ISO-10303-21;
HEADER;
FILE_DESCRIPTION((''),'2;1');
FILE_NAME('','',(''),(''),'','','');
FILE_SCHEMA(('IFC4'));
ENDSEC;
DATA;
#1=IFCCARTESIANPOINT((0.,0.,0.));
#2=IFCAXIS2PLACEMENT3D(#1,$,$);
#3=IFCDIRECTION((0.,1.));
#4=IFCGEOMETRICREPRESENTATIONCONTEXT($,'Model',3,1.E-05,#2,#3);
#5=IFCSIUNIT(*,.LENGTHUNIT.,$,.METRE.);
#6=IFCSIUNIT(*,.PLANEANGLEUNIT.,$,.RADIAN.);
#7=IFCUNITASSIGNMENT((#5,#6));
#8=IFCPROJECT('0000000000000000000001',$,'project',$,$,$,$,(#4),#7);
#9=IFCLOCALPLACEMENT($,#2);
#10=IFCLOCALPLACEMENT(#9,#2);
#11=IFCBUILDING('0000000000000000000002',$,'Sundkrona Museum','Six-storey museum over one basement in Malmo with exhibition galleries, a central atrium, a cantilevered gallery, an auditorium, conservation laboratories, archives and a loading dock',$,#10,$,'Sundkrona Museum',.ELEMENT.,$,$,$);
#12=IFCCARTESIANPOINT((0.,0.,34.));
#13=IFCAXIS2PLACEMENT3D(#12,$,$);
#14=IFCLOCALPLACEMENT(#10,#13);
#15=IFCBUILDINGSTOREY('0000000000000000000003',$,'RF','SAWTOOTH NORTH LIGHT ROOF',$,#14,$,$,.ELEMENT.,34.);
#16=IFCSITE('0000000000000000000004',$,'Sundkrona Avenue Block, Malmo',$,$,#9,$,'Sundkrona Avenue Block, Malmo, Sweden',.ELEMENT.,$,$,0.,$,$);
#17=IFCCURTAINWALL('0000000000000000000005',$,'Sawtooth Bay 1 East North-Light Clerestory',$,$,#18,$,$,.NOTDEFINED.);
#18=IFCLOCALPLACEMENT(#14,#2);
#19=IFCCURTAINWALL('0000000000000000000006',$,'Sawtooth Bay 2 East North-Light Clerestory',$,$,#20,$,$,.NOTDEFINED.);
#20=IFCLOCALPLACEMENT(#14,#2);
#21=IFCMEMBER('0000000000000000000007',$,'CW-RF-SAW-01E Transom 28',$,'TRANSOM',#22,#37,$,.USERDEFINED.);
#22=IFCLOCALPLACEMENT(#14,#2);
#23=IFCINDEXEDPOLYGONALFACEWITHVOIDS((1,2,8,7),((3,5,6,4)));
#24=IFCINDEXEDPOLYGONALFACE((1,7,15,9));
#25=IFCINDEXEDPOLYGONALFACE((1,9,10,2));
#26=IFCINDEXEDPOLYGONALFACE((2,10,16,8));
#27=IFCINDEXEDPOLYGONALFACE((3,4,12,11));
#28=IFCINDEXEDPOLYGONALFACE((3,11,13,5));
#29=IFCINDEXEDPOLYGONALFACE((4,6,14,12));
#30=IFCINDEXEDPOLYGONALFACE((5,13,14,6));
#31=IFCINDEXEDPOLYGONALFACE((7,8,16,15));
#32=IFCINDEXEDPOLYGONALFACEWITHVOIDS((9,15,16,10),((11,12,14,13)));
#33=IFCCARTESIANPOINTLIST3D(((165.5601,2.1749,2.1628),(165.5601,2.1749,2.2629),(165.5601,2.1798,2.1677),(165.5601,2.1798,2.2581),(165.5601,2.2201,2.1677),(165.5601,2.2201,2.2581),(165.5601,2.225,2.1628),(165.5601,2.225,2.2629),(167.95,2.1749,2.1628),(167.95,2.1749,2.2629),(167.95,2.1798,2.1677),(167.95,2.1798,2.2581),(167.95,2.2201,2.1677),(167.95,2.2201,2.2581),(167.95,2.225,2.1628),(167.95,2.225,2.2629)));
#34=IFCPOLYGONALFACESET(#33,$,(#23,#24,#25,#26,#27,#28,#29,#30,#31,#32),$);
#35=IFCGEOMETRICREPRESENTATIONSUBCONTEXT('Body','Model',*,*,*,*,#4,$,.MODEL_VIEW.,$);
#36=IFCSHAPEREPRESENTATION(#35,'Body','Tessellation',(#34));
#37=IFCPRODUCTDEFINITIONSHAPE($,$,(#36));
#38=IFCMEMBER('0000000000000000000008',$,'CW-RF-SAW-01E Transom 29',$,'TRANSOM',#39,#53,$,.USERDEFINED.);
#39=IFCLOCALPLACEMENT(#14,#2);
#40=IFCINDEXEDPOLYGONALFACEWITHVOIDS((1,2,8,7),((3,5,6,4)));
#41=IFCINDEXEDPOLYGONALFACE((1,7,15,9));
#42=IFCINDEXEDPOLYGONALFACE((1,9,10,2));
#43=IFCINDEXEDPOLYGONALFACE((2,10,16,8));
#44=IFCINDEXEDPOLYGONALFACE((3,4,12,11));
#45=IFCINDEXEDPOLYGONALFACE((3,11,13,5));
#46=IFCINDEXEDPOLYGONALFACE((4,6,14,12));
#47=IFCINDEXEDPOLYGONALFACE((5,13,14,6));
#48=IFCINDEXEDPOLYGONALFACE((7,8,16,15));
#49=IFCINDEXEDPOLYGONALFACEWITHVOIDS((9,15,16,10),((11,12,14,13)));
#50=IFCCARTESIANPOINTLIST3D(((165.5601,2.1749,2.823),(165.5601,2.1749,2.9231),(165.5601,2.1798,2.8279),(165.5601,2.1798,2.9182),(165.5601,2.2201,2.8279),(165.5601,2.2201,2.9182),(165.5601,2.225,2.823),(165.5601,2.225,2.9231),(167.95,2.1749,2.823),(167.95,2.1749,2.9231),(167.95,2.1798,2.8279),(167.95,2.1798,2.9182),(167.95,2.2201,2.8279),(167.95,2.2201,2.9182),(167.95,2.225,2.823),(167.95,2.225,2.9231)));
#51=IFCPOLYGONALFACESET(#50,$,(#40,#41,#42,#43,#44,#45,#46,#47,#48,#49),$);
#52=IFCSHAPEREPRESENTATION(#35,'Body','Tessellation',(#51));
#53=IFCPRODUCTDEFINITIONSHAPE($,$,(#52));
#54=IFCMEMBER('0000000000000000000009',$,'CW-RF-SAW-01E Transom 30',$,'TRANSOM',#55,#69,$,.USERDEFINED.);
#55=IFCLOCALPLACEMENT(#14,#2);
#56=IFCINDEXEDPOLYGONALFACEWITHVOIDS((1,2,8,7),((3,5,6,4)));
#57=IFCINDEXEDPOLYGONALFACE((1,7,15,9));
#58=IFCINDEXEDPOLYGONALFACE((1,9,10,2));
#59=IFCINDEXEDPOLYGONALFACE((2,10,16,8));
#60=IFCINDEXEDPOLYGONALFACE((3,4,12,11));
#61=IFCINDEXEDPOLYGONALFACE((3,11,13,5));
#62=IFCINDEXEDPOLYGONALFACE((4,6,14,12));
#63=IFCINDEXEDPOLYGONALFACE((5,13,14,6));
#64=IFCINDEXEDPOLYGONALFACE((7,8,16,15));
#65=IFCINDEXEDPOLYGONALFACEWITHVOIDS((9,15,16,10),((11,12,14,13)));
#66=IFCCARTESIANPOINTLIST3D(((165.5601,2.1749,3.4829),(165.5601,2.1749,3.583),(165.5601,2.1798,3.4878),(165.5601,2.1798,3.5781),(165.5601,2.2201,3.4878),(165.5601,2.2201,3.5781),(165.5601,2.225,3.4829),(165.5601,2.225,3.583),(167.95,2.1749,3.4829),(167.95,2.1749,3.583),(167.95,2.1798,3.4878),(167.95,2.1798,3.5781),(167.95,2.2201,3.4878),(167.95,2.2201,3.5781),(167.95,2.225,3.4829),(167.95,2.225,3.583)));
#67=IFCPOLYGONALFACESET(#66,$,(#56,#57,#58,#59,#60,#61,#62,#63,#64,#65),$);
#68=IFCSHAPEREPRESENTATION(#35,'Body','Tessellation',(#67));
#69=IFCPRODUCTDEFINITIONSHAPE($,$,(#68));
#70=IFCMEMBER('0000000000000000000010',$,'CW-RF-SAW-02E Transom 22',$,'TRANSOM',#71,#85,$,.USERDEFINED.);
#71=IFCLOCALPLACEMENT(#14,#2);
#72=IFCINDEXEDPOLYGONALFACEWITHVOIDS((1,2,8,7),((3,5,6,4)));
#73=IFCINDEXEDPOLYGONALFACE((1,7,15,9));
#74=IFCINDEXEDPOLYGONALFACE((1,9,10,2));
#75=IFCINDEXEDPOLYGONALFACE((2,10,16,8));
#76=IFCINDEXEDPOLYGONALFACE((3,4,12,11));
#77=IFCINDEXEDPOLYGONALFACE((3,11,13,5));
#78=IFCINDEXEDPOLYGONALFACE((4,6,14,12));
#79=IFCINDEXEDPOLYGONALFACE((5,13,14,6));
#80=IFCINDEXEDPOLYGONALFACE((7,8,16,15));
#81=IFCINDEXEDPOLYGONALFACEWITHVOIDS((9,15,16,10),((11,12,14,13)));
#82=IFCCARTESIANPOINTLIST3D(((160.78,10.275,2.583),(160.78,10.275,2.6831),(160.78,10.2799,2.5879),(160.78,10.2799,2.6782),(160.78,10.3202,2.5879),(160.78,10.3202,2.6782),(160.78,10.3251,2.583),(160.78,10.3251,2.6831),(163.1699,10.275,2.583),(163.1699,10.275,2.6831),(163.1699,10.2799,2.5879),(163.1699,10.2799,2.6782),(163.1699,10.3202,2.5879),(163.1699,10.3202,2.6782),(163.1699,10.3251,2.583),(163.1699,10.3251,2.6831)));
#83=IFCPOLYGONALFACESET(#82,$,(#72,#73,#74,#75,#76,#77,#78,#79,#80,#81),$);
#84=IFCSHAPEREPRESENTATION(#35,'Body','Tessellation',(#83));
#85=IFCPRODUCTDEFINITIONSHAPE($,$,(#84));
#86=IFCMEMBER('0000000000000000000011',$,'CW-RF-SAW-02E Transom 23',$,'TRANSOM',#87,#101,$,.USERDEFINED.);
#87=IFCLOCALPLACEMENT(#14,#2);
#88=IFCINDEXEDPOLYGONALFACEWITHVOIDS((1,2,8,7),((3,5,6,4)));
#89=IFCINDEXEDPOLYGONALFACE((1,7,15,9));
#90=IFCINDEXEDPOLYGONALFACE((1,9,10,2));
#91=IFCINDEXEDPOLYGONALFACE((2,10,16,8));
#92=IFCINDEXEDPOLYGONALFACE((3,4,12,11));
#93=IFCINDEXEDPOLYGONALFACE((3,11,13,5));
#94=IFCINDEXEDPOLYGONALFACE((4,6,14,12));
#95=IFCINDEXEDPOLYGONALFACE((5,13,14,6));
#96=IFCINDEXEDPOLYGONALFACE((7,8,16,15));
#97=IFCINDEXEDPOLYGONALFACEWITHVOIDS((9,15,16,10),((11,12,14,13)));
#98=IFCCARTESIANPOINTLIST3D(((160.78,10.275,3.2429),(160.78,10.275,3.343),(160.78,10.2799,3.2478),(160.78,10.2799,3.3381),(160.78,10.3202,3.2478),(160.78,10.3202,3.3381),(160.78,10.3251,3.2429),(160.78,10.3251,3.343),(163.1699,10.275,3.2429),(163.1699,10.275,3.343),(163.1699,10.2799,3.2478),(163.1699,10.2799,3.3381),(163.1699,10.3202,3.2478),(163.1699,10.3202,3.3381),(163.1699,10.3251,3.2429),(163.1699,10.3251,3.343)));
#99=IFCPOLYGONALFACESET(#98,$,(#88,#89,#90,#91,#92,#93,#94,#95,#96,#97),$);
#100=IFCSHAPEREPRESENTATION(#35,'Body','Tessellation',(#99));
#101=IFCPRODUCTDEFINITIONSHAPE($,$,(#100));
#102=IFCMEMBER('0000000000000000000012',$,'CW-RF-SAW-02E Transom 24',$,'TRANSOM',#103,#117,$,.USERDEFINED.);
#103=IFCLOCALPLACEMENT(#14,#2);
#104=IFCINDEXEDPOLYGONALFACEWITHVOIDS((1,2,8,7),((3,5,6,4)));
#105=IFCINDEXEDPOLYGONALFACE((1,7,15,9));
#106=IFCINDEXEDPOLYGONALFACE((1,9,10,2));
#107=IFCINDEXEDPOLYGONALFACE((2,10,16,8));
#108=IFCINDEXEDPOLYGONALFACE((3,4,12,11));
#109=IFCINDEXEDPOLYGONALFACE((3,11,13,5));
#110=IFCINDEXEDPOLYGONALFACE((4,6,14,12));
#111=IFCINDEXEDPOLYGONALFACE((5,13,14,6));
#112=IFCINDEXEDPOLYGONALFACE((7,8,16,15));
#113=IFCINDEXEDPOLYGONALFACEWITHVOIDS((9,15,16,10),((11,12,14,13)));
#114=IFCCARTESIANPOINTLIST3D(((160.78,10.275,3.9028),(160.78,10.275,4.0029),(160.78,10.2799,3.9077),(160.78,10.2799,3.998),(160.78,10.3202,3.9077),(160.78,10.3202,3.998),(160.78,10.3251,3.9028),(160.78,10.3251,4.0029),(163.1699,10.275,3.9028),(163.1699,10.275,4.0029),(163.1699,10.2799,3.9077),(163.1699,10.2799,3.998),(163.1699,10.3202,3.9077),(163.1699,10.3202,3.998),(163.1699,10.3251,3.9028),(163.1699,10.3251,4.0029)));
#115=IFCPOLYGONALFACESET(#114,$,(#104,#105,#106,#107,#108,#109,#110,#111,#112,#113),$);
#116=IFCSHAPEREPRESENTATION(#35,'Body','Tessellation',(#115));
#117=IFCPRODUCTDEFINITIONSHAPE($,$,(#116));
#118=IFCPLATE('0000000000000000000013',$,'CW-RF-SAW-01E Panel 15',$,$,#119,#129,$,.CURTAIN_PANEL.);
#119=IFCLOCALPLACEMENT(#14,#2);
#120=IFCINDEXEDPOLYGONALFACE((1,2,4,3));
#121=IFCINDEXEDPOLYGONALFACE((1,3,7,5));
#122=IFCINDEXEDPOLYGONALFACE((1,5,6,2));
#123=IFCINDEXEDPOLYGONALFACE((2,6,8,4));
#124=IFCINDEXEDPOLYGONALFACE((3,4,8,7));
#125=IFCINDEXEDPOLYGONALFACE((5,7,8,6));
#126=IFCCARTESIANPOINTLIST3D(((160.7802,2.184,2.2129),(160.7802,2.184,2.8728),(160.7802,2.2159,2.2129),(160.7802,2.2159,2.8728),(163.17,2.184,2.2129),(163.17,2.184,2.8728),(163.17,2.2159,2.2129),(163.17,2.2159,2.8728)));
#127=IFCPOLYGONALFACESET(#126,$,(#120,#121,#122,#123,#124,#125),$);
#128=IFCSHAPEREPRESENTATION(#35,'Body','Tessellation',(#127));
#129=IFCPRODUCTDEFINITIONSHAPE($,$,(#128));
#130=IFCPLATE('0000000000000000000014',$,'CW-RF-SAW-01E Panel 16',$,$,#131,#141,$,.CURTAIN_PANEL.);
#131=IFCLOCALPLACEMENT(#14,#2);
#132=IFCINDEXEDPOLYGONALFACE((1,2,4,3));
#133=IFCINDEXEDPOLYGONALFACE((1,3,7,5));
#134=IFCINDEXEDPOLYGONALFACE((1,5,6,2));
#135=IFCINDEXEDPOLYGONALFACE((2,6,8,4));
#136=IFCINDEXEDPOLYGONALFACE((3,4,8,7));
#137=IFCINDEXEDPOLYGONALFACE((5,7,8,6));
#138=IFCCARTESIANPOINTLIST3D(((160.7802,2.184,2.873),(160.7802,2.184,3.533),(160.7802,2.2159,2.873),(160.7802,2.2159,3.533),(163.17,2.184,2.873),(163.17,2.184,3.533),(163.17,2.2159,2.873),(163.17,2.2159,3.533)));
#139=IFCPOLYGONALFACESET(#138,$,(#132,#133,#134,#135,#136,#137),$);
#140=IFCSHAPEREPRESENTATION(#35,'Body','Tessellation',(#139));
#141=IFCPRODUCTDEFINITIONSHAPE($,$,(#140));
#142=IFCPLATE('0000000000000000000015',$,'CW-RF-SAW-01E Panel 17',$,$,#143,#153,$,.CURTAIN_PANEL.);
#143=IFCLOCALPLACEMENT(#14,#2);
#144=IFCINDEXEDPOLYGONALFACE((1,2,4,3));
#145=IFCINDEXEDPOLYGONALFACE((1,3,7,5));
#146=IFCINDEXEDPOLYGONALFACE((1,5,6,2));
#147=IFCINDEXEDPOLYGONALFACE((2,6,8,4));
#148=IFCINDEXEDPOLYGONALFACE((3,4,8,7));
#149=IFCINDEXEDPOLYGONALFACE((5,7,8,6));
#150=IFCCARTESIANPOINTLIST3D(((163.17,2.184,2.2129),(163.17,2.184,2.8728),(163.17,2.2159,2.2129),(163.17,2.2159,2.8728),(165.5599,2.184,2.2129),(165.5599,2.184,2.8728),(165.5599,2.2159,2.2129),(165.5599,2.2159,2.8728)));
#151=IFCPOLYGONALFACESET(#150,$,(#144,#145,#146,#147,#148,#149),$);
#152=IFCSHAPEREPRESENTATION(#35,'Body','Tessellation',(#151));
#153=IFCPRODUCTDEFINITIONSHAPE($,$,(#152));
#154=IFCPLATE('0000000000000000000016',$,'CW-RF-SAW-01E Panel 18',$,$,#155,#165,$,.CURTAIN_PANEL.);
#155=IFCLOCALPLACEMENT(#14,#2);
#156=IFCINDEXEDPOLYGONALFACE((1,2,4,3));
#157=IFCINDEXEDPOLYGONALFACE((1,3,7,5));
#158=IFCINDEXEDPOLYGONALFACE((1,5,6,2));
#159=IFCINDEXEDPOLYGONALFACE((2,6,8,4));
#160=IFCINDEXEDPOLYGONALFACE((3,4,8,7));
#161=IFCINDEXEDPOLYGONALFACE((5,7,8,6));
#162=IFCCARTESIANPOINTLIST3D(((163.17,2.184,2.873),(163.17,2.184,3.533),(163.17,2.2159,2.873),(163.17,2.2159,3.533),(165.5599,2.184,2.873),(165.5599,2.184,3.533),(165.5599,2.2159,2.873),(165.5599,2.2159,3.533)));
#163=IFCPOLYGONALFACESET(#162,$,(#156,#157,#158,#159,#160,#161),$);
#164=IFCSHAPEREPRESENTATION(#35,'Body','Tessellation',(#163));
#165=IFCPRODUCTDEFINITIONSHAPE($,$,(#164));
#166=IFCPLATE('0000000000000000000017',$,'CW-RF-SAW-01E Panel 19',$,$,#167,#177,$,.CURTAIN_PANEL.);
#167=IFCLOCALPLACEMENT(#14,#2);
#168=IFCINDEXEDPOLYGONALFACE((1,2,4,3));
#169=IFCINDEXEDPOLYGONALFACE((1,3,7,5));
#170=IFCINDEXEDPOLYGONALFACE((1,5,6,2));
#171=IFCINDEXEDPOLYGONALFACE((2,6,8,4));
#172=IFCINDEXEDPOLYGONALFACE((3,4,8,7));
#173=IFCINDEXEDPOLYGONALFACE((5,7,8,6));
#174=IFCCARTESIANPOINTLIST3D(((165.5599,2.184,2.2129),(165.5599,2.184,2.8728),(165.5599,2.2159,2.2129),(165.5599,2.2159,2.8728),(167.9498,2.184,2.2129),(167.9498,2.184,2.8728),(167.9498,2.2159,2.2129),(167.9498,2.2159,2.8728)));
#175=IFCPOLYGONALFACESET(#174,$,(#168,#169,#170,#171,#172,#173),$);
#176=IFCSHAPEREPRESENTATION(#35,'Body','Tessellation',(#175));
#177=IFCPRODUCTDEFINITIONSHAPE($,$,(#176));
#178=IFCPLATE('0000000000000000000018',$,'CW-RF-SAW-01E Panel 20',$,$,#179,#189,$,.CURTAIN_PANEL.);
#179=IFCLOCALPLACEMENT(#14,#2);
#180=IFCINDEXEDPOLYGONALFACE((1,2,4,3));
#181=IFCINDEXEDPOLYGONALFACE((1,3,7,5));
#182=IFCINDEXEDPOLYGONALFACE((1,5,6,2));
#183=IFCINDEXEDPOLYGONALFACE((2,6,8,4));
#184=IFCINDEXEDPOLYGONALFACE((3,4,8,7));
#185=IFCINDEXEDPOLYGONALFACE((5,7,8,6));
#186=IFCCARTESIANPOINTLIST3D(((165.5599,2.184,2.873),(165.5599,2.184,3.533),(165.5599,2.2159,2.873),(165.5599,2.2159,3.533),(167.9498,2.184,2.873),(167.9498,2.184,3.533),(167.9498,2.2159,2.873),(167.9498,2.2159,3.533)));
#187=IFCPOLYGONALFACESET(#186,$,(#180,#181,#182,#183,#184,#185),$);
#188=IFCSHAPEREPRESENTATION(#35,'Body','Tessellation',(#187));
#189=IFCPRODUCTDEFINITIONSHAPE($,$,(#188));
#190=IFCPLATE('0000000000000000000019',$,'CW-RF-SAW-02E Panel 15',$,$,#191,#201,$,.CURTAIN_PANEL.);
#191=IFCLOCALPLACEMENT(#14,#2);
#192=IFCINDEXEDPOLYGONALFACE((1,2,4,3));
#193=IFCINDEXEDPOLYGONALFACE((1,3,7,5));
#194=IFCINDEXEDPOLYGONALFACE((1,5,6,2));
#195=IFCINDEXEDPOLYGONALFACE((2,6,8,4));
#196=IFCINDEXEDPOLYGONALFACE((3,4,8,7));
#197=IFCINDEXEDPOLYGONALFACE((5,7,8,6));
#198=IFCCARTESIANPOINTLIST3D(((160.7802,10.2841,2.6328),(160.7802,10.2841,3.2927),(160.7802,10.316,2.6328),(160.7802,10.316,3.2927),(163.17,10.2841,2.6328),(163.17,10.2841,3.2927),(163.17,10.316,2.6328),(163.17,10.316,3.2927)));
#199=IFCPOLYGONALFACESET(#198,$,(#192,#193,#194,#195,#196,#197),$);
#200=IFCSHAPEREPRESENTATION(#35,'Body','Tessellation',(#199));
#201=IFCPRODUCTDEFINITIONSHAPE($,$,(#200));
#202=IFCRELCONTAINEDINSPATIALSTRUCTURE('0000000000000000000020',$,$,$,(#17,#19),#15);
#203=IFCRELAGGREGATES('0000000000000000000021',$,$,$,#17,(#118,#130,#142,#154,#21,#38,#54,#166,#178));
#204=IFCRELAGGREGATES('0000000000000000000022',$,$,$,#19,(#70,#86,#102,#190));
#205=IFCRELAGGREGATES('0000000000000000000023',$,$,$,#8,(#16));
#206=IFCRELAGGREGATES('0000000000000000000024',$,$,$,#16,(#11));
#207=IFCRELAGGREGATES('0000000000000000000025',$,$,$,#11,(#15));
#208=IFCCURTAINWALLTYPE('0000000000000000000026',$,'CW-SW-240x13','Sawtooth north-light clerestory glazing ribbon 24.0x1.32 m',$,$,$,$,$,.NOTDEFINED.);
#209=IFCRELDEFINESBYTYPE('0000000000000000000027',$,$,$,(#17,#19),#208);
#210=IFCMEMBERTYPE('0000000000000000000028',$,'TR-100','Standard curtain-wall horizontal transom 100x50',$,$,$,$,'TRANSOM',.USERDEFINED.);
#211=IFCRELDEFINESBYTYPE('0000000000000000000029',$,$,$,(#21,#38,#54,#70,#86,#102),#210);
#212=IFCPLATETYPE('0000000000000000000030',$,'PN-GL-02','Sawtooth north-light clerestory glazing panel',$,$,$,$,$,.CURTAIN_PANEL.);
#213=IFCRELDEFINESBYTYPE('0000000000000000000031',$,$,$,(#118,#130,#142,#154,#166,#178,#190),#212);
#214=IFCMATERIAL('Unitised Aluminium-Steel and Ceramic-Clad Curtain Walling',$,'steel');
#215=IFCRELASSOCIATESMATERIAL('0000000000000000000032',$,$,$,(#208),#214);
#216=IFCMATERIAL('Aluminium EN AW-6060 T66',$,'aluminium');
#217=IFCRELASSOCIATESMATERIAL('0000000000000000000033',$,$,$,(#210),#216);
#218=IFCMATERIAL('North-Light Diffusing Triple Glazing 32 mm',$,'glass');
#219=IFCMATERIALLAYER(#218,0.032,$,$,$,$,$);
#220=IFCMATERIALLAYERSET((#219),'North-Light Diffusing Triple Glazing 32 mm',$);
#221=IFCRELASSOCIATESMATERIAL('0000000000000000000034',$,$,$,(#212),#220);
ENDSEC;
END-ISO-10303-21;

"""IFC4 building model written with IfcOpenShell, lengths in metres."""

from ifc_helpers import new_model, si_unit, direction, frame, origin, origin_2d, place, context, subcontext, project, spatial, rectangle, hollow_rectangle, extrude, material, layer, layer_set, material_profile, profile_set, type_object, element, aggregate, save


model = new_model("IFC4")

# Units and contexts
model_context = context("Model", 3, precision=1e-05, world=origin(), true_north=direction((0.0, 1.0)))
body_context = subcontext(model_context, "Body", "Model", "MODEL_VIEW")
ifc_project = project(units=[si_unit("LENGTHUNIT", "METRE"), si_unit("PLANEANGLEUNIT", "RADIAN")], contexts=[model_context])

# Site, building, storey
site_placement = place(None, origin())
site = spatial("IfcSite", under=ifc_project, at=site_placement, Name="Sundkrona Avenue Block, Malmo", LongName="Sundkrona Avenue Block, Malmo, Sweden", CompositionType="ELEMENT", RefElevation=0.0)
building_placement = place(site_placement, origin())
building = spatial("IfcBuilding", under=site, at=building_placement, Name="Sundkrona Museum", Description="Six-storey museum over one basement in Malmo with exhibition galleries, a central atrium, a cantilevered gallery, an auditorium, conservation laboratories, archives and a loading dock", LongName="Sundkrona Museum", CompositionType="ELEMENT")
storey_placement = place(building_placement, frame((0.0, 0.0, 34.0)))
storey = spatial("IfcBuildingStorey", under=building, at=storey_placement, Name="RF", Description="SAWTOOTH NORTH LIGHT ROOF", CompositionType="ELEMENT", Elevation=34.0)

# Curtain wall
ifc_material_1 = material(Name="Unitised Aluminium-Steel and Ceramic-Clad Curtain Walling", Category="steel")
curtain_wall_type = type_object("IfcCurtainWallType", Name="CW-SW-240x13", Description="Sawtooth north-light clerestory glazing ribbon 24.0x1.32 m", PredefinedType="NOTDEFINED", material=ifc_material_1)
curtain_wall_1_placement = place(storey_placement, origin())
curtain_wall_1 = element("IfcCurtainWall", 1, at=curtain_wall_1_placement, inside=storey, type_object=curtain_wall_type, Name="Sawtooth Bay 1 East North-Light Clerestory", PredefinedType="NOTDEFINED")
ifc_material_2 = material(Name="Aluminium EN AW-6060 T66", Category="aluminium")

# Curtain wall
curtain_wall_2_placement = place(storey_placement, origin())
curtain_wall_2 = element("IfcCurtainWall", 2, at=curtain_wall_2_placement, inside=storey, type_object=curtain_wall_type, Name="Sawtooth Bay 2 East North-Light Clerestory", PredefinedType="NOTDEFINED")

# Members
ifc_material_profile_1 = material_profile(ifc_material_2, hollow_rectangle(XDim=0.05, YDim=0.1001, WallThickness=0.0049, at=origin_2d()), Name="RHS 100x50x5.0")
ifc_profile_set_1 = profile_set([ifc_material_profile_1], Name="Aluminium EN AW-6060 T66")
member_type_1 = type_object("IfcMemberType", Name="TR-100", Description="Standard curtain-wall horizontal transom 100x50", ElementType="TRANSOM", PredefinedType="USERDEFINED", material=ifc_profile_set_1)
member_1_placement = place(storey_placement, frame((165.5601, 2.2, 2.2129), z_axis=(1.0, 0.0, 0.0), x_axis=(0.0, 1.0, 0.0)))
member_1 = element("IfcMember", 3, at=member_1_placement, type_object=member_type_1, Name="CW-RF-SAW-01E Transom 28", ObjectType="TRANSOM", PredefinedType="USERDEFINED", context=body_context, shape_type="SweptSolid", body=[
    extrude(hollow_rectangle(XDim=0.05, YDim=0.1001, WallThickness=0.0049, at=origin_2d()), origin(), (0.0, 0.0, 1.0), 2.3899),
])
member_2_placement = place(storey_placement, frame((165.5601, 2.2, 2.873), z_axis=(1.0, 0.0, 0.0), x_axis=(0.0, 1.0, 0.0)))
member_2 = element("IfcMember", 4, at=member_2_placement, type_object=member_type_1, Name="CW-RF-SAW-01E Transom 29", ObjectType="TRANSOM", PredefinedType="USERDEFINED", context=body_context, shape_type="SweptSolid", body=[
    extrude(hollow_rectangle(XDim=0.05, YDim=0.1001, WallThickness=0.0049, at=origin_2d()), origin(), (0.0, 0.0, 1.0), 2.3899),
])
member_3_placement = place(storey_placement, frame((165.5601, 2.2, 3.533), z_axis=(1.0, 0.0, 0.0), x_axis=(0.0, 1.0, 0.0)))
member_3 = element("IfcMember", 5, at=member_3_placement, type_object=member_type_1, Name="CW-RF-SAW-01E Transom 30", ObjectType="TRANSOM", PredefinedType="USERDEFINED", context=body_context, shape_type="SweptSolid", body=[
    extrude(hollow_rectangle(XDim=0.05, YDim=0.1001, WallThickness=0.0049, at=origin_2d()), origin(), (0.0, 0.0, 1.0), 2.3899),
])
member_4_placement = place(storey_placement, frame((160.78, 10.3, 2.6331), z_axis=(1.0, 0.0, 0.0), x_axis=(0.0, 1.0, 0.0)))
member_4 = element("IfcMember", 6, at=member_4_placement, type_object=member_type_1, Name="CW-RF-SAW-02E Transom 22", ObjectType="TRANSOM", PredefinedType="USERDEFINED", context=body_context, shape_type="SweptSolid", body=[
    extrude(hollow_rectangle(XDim=0.05, YDim=0.1001, WallThickness=0.0049, at=origin_2d()), origin(), (0.0, 0.0, 1.0), 2.3899),
])
member_5_placement = place(storey_placement, frame((160.78, 10.3, 3.293), z_axis=(1.0, 0.0, 0.0), x_axis=(0.0, 1.0, 0.0)))
member_5 = element("IfcMember", 7, at=member_5_placement, type_object=member_type_1, Name="CW-RF-SAW-02E Transom 23", ObjectType="TRANSOM", PredefinedType="USERDEFINED", context=body_context, shape_type="SweptSolid", body=[
    extrude(hollow_rectangle(XDim=0.05, YDim=0.1001, WallThickness=0.0049, at=origin_2d()), origin(), (0.0, 0.0, 1.0), 2.3899),
])
member_6_placement = place(storey_placement, frame((160.78, 10.3, 3.9529), z_axis=(1.0, 0.0, 0.0), x_axis=(0.0, 1.0, 0.0)))
member_6 = element("IfcMember", 8, at=member_6_placement, type_object=member_type_1, Name="CW-RF-SAW-02E Transom 24", ObjectType="TRANSOM", PredefinedType="USERDEFINED", context=body_context, shape_type="SweptSolid", body=[
    extrude(hollow_rectangle(XDim=0.05, YDim=0.1001, WallThickness=0.0049, at=origin_2d()), origin(), (0.0, 0.0, 1.0), 2.3899),
])

# Plates
ifc_material_3 = material(Name="North-Light Diffusing Triple Glazing 32 mm", Category="glass")
ifc_layer = layer(ifc_material_3, 0.032)
ifc_layer_set = layer_set([ifc_layer], Name="North-Light Diffusing Triple Glazing 32 mm")
plate_type = type_object("IfcPlateType", Name="PN-GL-02", Description="Sawtooth north-light clerestory glazing panel", PredefinedType="CURTAIN_PANEL", material=ifc_layer_set)
plate_1_placement = place(storey_placement, frame((161.9751, 2.2, 2.2129), z_axis=(0.0, 0.0, 1.0), x_axis=(1.0, 0.0, 0.0)))
plate_1 = element("IfcPlate", 9, at=plate_1_placement, type_object=plate_type, Name="CW-RF-SAW-01E Panel 15", PredefinedType="CURTAIN_PANEL", context=body_context, shape_type="SweptSolid", body=[
    extrude(rectangle(XDim=2.3899, YDim=0.032, at=origin_2d()), origin(), (0.0, 0.0, 1.0), 0.6599),
])
plate_2_placement = place(storey_placement, frame((161.9751, 2.2, 2.873), z_axis=(0.0, 0.0, 1.0), x_axis=(1.0, 0.0, 0.0)))
plate_2 = element("IfcPlate", 10, at=plate_2_placement, type_object=plate_type, Name="CW-RF-SAW-01E Panel 16", PredefinedType="CURTAIN_PANEL", context=body_context, shape_type="SweptSolid", body=[
    extrude(rectangle(XDim=2.3899, YDim=0.032, at=origin_2d()), origin(), (0.0, 0.0, 1.0), 0.6599),
])
plate_3_placement = place(storey_placement, frame((164.365, 2.2, 2.2129), z_axis=(0.0, 0.0, 1.0), x_axis=(1.0, 0.0, 0.0)))
plate_3 = element("IfcPlate", 11, at=plate_3_placement, type_object=plate_type, Name="CW-RF-SAW-01E Panel 17", PredefinedType="CURTAIN_PANEL", context=body_context, shape_type="SweptSolid", body=[
    extrude(rectangle(XDim=2.3899, YDim=0.032, at=origin_2d()), origin(), (0.0, 0.0, 1.0), 0.6599),
])
plate_4_placement = place(storey_placement, frame((164.365, 2.2, 2.873), z_axis=(0.0, 0.0, 1.0), x_axis=(1.0, 0.0, 0.0)))
plate_4 = element("IfcPlate", 12, at=plate_4_placement, type_object=plate_type, Name="CW-RF-SAW-01E Panel 18", PredefinedType="CURTAIN_PANEL", context=body_context, shape_type="SweptSolid", body=[
    extrude(rectangle(XDim=2.3899, YDim=0.032, at=origin_2d()), origin(), (0.0, 0.0, 1.0), 0.6599),
])
plate_5_placement = place(storey_placement, frame((166.7549, 2.2, 2.2129), z_axis=(0.0, 0.0, 1.0), x_axis=(1.0, 0.0, 0.0)))
plate_5 = element("IfcPlate", 13, at=plate_5_placement, type_object=plate_type, Name="CW-RF-SAW-01E Panel 19", PredefinedType="CURTAIN_PANEL", context=body_context, shape_type="SweptSolid", body=[
    extrude(rectangle(XDim=2.3899, YDim=0.032, at=origin_2d()), origin(), (0.0, 0.0, 1.0), 0.6599),
])
plate_6_placement = place(storey_placement, frame((166.7549, 2.2, 2.873), z_axis=(0.0, 0.0, 1.0), x_axis=(1.0, 0.0, 0.0)))
plate_6 = element("IfcPlate", 14, at=plate_6_placement, type_object=plate_type, Name="CW-RF-SAW-01E Panel 20", PredefinedType="CURTAIN_PANEL", context=body_context, shape_type="SweptSolid", body=[
    extrude(rectangle(XDim=2.3899, YDim=0.032, at=origin_2d()), origin(), (0.0, 0.0, 1.0), 0.6599),
])
aggregate(curtain_wall_1, [plate_1, plate_2, plate_3, plate_4, member_1, member_2, member_3, plate_5, plate_6])
plate_7_placement = place(storey_placement, frame((161.9751, 10.3, 2.6328), z_axis=(0.0, 0.0, 1.0), x_axis=(1.0, 0.0, 0.0)))
plate_7 = element("IfcPlate", 15, at=plate_7_placement, type_object=plate_type, Name="CW-RF-SAW-02E Panel 15", PredefinedType="CURTAIN_PANEL", context=body_context, shape_type="SweptSolid", body=[
    extrude(rectangle(XDim=2.3899, YDim=0.032, at=origin_2d()), origin(), (0.0, 0.0, 1.0), 0.6599),
])
aggregate(curtain_wall_2, [member_4, member_5, member_6, plate_7])

save(model, "model.ifc")
